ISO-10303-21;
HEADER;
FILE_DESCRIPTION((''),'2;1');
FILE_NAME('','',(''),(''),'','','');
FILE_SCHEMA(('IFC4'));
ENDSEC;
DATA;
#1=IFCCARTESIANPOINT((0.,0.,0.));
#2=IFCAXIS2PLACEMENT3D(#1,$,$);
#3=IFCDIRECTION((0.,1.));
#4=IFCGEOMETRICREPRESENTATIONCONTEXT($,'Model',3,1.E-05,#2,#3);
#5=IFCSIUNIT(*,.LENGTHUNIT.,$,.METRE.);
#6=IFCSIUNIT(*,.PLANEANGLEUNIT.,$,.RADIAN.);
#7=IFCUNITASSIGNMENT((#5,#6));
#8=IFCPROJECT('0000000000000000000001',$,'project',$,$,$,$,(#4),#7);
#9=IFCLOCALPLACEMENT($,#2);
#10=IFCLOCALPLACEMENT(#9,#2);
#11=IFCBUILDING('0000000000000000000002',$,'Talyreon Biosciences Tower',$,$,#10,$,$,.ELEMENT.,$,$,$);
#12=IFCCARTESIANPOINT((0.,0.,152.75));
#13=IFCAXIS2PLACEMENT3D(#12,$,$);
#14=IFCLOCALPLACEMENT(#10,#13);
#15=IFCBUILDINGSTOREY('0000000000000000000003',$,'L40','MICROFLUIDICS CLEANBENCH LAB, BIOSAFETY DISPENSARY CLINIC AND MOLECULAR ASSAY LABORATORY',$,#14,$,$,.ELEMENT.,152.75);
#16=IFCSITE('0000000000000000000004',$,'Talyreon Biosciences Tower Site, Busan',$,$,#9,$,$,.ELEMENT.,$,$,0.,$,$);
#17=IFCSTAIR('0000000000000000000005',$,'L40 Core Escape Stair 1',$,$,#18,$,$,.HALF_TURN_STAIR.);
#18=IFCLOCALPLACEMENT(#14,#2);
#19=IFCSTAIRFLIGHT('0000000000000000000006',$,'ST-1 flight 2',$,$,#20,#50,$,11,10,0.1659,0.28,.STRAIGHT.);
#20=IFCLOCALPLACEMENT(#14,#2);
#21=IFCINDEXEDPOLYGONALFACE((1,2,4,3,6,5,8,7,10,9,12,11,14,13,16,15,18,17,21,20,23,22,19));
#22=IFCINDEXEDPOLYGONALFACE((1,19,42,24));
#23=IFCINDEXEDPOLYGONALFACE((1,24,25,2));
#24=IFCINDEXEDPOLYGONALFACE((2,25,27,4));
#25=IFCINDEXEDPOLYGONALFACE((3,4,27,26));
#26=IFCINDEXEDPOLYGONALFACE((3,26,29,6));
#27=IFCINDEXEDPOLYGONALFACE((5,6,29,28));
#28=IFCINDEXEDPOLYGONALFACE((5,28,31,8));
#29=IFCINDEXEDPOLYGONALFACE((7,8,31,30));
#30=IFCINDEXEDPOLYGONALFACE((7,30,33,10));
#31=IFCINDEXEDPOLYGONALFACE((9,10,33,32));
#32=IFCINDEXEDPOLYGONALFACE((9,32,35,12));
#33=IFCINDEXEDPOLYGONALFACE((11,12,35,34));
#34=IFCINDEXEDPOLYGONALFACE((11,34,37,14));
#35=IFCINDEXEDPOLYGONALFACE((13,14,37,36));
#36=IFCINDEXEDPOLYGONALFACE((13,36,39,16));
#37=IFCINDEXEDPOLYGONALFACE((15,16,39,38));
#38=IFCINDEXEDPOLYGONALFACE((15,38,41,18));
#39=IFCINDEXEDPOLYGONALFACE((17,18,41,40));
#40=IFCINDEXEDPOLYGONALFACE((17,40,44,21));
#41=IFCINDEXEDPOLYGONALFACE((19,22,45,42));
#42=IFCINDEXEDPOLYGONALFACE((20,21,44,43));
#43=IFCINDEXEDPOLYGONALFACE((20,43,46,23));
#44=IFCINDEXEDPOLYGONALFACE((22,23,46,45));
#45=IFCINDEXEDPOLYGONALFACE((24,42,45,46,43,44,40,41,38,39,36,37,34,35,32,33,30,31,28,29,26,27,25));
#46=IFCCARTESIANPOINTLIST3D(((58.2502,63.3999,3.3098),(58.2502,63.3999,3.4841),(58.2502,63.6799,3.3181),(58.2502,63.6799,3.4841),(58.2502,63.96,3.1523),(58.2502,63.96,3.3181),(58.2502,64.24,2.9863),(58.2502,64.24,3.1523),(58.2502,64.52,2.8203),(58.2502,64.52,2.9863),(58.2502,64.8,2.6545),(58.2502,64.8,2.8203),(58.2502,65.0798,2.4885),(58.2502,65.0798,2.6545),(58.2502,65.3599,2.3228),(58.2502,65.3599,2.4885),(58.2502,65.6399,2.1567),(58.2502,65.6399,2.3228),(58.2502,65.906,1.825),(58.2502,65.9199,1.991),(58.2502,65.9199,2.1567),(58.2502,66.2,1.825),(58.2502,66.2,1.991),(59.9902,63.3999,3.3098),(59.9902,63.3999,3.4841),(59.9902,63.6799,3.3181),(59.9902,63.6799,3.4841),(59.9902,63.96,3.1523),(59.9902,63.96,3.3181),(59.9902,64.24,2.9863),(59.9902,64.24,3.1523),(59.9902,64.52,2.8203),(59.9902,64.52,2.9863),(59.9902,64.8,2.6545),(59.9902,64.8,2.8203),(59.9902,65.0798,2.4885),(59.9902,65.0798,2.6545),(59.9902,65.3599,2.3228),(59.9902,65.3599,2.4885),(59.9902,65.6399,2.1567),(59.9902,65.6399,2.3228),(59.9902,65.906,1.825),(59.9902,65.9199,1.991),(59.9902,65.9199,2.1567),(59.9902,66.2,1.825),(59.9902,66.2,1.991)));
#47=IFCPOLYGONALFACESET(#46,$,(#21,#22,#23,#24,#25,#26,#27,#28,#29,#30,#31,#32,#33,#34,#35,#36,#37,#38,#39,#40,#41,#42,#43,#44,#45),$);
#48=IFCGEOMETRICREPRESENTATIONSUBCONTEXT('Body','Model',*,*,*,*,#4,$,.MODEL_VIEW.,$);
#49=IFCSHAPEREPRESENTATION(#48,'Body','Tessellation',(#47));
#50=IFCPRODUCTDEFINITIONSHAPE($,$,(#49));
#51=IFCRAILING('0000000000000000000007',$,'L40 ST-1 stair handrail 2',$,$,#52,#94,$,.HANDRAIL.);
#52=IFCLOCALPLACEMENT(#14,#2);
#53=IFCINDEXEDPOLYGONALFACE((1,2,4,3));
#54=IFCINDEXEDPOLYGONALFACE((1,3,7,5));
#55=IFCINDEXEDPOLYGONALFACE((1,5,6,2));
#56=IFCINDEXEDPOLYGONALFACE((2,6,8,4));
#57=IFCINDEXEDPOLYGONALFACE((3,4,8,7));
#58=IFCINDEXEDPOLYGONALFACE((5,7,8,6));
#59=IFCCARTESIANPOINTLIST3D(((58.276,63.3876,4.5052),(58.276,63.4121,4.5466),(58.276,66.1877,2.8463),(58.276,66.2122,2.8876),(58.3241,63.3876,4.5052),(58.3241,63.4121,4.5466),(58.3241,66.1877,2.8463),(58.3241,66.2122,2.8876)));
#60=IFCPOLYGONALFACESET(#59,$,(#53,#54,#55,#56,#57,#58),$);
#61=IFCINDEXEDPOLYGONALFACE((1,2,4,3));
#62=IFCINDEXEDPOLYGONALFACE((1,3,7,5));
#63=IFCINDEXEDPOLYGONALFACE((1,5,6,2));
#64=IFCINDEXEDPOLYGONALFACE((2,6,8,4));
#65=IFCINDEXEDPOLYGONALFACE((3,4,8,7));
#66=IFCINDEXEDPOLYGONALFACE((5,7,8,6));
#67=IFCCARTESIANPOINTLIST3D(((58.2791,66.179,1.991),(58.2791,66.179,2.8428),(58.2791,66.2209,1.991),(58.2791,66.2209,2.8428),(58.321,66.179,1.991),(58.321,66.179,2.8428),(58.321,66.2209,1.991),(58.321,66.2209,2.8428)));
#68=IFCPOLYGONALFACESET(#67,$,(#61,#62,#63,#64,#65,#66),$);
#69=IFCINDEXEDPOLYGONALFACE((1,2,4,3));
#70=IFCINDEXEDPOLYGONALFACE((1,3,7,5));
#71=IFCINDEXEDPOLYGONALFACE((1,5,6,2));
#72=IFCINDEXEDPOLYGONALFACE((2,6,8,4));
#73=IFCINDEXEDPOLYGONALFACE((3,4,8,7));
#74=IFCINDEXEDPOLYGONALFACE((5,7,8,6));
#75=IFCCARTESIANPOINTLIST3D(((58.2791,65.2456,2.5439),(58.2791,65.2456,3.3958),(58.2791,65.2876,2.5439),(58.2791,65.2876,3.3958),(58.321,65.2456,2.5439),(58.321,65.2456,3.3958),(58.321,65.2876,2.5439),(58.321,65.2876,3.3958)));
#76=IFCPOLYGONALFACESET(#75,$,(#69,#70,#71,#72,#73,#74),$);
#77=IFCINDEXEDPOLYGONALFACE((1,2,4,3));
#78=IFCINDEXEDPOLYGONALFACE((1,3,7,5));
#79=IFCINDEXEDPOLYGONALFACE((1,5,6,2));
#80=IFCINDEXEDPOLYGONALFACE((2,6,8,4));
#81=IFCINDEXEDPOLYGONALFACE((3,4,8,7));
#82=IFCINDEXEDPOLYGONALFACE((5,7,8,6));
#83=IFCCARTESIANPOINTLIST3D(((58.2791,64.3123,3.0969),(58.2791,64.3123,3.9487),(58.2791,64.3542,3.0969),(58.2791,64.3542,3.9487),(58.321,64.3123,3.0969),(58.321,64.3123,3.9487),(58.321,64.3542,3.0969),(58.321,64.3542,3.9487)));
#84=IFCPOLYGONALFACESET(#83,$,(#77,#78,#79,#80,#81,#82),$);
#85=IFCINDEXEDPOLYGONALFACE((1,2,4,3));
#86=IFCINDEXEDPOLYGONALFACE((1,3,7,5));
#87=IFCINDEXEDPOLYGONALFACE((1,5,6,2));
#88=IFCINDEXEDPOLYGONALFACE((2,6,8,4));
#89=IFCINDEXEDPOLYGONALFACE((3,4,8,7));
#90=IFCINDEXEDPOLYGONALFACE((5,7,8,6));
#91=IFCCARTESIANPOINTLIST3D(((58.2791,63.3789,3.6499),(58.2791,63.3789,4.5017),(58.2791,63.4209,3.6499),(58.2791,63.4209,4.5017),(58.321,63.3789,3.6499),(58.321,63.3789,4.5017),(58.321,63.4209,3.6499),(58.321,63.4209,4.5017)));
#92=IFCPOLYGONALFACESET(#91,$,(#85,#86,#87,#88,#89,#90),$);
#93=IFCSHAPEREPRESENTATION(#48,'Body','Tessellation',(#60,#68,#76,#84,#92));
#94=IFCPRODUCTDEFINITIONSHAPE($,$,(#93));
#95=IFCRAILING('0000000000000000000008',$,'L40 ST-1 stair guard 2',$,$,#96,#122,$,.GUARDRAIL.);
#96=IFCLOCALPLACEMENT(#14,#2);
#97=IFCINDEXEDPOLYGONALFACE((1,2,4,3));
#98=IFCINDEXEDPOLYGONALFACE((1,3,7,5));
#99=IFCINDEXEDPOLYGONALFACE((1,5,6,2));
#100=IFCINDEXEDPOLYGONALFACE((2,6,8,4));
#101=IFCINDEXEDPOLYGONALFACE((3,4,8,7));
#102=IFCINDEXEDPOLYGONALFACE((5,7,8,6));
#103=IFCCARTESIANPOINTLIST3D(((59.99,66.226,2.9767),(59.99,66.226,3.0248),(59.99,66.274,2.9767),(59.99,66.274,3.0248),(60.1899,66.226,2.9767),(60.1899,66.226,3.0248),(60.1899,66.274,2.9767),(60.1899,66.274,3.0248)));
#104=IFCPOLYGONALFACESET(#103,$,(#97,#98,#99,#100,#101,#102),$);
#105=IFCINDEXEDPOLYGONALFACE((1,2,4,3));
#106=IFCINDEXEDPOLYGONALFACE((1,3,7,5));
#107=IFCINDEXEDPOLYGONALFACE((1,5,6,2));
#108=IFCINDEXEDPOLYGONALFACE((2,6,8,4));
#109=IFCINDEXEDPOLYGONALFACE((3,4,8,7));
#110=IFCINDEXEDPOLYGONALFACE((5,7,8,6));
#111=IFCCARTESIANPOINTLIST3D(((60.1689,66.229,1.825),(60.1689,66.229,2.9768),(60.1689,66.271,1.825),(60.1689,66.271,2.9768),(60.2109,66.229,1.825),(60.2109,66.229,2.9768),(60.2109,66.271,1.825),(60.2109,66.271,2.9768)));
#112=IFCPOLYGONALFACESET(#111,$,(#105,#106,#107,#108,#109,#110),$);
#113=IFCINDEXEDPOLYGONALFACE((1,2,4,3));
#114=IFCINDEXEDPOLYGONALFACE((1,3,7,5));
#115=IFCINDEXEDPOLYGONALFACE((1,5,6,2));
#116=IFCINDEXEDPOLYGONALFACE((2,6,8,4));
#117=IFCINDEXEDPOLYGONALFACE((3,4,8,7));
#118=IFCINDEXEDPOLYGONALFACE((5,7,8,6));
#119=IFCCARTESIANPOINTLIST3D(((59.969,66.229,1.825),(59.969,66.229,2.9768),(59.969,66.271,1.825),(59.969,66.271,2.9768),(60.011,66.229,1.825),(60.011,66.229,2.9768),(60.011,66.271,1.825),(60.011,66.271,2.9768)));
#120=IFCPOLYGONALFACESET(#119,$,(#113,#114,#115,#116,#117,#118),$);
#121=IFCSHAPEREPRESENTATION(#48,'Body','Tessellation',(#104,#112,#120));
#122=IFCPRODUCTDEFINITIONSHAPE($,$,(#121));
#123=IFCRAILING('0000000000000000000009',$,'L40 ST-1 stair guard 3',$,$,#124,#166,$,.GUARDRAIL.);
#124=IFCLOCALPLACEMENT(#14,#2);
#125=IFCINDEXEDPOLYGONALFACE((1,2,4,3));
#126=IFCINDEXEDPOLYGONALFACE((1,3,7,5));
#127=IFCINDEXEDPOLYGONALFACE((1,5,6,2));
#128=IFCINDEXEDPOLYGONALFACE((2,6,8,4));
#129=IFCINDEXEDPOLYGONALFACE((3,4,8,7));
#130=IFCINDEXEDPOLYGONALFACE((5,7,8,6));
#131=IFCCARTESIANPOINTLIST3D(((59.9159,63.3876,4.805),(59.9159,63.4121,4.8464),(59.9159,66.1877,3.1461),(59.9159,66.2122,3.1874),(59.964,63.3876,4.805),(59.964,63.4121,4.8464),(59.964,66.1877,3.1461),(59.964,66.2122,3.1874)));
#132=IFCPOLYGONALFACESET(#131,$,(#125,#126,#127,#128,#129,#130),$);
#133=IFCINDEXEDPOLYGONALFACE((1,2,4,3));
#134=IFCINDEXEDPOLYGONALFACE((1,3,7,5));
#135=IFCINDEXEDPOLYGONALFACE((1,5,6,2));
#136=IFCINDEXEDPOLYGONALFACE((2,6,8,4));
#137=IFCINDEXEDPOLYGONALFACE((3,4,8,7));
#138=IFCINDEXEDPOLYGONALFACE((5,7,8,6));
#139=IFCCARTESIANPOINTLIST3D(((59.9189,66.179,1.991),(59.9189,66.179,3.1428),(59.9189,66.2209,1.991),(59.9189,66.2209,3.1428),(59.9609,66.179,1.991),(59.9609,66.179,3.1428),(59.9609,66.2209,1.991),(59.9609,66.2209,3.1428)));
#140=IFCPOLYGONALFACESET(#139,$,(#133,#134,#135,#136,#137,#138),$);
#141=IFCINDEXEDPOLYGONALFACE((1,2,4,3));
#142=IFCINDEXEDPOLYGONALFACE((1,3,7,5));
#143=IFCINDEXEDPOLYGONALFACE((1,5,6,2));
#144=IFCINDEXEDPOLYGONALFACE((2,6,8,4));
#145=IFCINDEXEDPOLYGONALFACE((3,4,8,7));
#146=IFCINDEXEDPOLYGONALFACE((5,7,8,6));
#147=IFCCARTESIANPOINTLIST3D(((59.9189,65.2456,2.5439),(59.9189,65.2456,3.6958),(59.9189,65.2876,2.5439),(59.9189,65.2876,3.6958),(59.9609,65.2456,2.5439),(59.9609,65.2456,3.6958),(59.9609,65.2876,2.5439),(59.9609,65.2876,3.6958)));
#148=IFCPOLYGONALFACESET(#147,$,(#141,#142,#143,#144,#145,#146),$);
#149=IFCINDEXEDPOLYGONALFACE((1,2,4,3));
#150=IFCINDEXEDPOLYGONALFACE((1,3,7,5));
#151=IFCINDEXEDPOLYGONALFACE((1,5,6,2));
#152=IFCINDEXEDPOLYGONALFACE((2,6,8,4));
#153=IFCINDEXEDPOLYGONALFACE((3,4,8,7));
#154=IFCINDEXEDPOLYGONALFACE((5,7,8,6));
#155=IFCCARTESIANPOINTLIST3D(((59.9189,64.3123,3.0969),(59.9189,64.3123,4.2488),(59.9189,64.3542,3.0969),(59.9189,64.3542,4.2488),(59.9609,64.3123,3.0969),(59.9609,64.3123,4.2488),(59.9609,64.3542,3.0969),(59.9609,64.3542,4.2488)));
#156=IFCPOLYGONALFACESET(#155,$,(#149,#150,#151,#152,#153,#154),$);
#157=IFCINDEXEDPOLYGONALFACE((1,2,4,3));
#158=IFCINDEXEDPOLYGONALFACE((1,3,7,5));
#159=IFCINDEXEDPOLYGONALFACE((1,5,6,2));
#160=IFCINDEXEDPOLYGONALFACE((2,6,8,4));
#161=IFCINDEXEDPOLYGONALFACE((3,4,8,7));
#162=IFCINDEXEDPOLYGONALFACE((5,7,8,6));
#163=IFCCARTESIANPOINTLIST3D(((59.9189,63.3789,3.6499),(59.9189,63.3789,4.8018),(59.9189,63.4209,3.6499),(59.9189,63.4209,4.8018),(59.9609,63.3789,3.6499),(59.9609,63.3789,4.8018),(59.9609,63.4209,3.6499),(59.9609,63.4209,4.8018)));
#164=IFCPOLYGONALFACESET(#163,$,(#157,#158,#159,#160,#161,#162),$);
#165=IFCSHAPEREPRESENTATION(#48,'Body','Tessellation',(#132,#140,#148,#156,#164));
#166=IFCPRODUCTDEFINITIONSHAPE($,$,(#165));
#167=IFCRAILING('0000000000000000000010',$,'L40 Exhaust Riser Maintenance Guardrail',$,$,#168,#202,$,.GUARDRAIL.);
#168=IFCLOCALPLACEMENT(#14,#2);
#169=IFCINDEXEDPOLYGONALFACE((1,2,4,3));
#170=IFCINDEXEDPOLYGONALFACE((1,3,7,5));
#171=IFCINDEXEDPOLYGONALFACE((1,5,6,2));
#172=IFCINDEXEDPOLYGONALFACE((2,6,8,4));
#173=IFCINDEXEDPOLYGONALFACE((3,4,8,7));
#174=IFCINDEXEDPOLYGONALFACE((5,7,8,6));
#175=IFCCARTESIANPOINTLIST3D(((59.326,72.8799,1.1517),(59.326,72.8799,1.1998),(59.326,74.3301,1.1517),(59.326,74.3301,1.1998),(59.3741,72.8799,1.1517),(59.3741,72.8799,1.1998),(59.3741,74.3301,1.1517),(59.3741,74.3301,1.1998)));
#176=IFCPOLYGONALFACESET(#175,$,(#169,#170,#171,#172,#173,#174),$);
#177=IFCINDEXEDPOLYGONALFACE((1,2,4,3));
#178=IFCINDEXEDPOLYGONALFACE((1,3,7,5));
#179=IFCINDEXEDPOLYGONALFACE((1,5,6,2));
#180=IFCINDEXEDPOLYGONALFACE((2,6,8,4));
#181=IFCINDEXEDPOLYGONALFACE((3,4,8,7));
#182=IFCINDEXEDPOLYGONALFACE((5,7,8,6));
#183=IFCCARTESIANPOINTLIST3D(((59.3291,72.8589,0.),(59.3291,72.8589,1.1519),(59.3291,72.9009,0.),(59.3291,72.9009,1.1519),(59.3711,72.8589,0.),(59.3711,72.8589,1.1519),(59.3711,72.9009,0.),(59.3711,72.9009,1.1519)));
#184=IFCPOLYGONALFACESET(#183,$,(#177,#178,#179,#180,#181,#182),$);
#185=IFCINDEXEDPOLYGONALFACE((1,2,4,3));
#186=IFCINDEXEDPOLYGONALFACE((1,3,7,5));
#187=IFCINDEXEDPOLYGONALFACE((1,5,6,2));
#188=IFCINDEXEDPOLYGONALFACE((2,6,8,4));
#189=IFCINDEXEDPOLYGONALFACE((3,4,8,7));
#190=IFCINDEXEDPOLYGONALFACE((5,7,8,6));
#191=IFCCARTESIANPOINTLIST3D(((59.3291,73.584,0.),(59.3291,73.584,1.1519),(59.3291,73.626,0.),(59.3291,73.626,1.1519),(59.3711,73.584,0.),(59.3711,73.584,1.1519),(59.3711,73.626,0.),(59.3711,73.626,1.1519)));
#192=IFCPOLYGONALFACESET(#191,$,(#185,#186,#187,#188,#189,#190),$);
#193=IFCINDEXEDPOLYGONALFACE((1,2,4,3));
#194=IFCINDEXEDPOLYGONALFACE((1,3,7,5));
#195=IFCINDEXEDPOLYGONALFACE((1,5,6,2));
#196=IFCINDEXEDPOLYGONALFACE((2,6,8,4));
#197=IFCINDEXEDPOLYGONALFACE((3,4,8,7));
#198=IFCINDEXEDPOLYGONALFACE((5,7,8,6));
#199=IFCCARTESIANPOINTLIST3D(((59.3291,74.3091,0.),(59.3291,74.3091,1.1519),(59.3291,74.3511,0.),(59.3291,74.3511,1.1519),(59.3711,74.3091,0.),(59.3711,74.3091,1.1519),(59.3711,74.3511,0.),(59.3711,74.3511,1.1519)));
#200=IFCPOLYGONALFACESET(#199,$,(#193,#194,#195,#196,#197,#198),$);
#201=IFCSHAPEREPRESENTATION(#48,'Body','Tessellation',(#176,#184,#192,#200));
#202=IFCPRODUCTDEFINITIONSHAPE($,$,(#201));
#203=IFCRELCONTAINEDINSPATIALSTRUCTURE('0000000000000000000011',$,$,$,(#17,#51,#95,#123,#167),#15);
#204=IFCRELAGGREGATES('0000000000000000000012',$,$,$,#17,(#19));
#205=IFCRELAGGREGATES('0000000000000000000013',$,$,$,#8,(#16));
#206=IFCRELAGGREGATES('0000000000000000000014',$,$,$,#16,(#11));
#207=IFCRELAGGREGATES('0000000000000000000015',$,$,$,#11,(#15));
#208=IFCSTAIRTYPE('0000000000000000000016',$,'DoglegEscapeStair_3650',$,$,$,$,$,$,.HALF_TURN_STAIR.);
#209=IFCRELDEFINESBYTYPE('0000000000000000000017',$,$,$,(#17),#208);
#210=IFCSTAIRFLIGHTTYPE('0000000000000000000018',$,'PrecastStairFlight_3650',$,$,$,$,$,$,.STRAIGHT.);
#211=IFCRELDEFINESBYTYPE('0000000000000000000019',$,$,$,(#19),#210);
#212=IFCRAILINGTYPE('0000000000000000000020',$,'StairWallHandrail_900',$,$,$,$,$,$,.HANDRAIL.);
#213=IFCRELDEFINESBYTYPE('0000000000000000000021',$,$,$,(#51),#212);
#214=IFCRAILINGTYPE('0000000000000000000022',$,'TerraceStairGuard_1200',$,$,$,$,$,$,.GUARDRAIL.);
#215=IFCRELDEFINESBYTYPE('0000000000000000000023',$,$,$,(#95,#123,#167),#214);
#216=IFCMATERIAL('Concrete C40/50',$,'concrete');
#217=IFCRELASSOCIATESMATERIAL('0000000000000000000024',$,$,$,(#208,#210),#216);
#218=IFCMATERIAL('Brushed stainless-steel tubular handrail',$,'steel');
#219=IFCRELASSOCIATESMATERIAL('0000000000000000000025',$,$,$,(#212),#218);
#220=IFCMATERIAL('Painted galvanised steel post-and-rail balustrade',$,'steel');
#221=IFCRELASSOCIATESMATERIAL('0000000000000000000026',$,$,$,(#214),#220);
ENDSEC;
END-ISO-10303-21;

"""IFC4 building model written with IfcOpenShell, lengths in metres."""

from ifc_helpers import new_model, si_unit, direction, frame, origin, origin_2d, place, context, subcontext, project, spatial, polyline, rectangle, outline, extrude, material, type_object, element, aggregate, save


model = new_model("IFC4")

# Units and contexts
model_context = context("Model", 3, precision=1e-05, world=origin(), true_north=direction((0.0, 1.0)))
body_context = subcontext(model_context, "Body", "Model", "MODEL_VIEW")
ifc_project = project(units=[si_unit("LENGTHUNIT", "METRE"), si_unit("PLANEANGLEUNIT", "RADIAN")], contexts=[model_context])

# Site, building, storey
site_placement = place(None, origin())
site = spatial("IfcSite", under=ifc_project, at=site_placement, Name="Talyreon Biosciences Tower Site, Busan", CompositionType="ELEMENT", RefElevation=0.0)
building_placement = place(site_placement, origin())
building = spatial("IfcBuilding", under=site, at=building_placement, Name="Talyreon Biosciences Tower", CompositionType="ELEMENT")
storey_placement = place(building_placement, frame((0.0, 0.0, 152.75)))
storey = spatial("IfcBuildingStorey", under=building, at=storey_placement, Name="L40", Description="MICROFLUIDICS CLEANBENCH LAB, BIOSAFETY DISPENSARY CLINIC AND MOLECULAR ASSAY LABORATORY", CompositionType="ELEMENT", Elevation=152.75)

# Stair, stair flight
ifc_material_1 = material(Name="Concrete C40/50", Category="concrete")
stair_type = type_object("IfcStairType", Name="DoglegEscapeStair_3650", PredefinedType="HALF_TURN_STAIR", material=ifc_material_1)
stair_placement = place(storey_placement, origin())
stair = element("IfcStair", 1, at=stair_placement, inside=storey, type_object=stair_type, Name="L40 Core Escape Stair 1", PredefinedType="HALF_TURN_STAIR")
stair_flight_type = type_object("IfcStairFlightType", Name="PrecastStairFlight_3650", PredefinedType="STRAIGHT", material=ifc_material_1)
stair_flight_placement = place(storey_placement, frame((59.1201, 66.2, 1.825), z_axis=(0.0, 0.0, 1.0), x_axis=(0.0, -1.0, 0.0)))
stair_flight = element("IfcStairFlight", 2, at=stair_flight_placement, type_object=stair_flight_type, Name="ST-1 flight 2", NumberOfRisers=11, NumberOfTreads=10, PredefinedType="STRAIGHT", RiserHeight=0.1659, TreadLength=0.28, context=body_context, shape_type="SweptSolid", body=[
    extrude(outline(polyline([(0.0, 0.0), (0.0, 0.166), (0.28, 0.166), (0.28, 0.3318), (0.5601, 0.3318), (0.5601, 0.4978), (0.8401, 0.4978), (0.8401, 0.6636), (1.1201, 0.6636), (1.1201, 0.8296), (1.3999, 0.8296), (1.3999, 0.9954), (1.6799, 0.9954), (1.6799, 1.1614), (1.96, 1.1614), (1.96, 1.3274), (2.24, 1.3274), (2.24, 1.4932), (2.52, 1.4932), (2.52, 1.6592), (2.8, 1.6592), (2.8, 1.825), (2.8, 1.4849), (0.2939, 0.0), (0.0, 0.0)])), frame((0.0, 0.8701, 0.0), z_axis=(0.0, -1.0, 0.0), x_axis=(1.0, 0.0, 0.0)), (0.0, 0.0, 1.0), 1.74),
])
aggregate(stair, [stair_flight])

# Railings
ifc_material_2 = material(Name="Brushed stainless-steel tubular handrail", Category="steel")
railing_type_1 = type_object("IfcRailingType", Name="StairWallHandrail_900", PredefinedType="HANDRAIL", material=ifc_material_2)
railing_1_placement = place(storey_placement, frame((58.3, 66.2, 1.991)))
element("IfcRailing", 3, at=railing_1_placement, inside=storey, type_object=railing_type_1, Name="L40 ST-1 stair handrail 2", PredefinedType="HANDRAIL", context=body_context, shape_type="SweptSolid", body=[
    extrude(rectangle(XDim=0.0481, YDim=0.0481, at=origin_2d()), frame((0.0, 0.0, 0.876), z_axis=(0.0, -0.860339, 0.509722), x_axis=(1.0, 0.0, 0.0)), (0.0, 0.0, 1.0), 3.2546),
    extrude(rectangle(XDim=0.042, YDim=0.042, at=origin_2d()), origin(), (0.0, 0.0, 1.0), 0.8518),
    extrude(rectangle(XDim=0.042, YDim=0.042, at=origin_2d()), frame((0.0, -0.9333, 0.553)), (0.0, 0.0, 1.0), 0.8518),
    extrude(rectangle(XDim=0.042, YDim=0.042, at=origin_2d()), frame((0.0, -1.8667, 1.106)), (0.0, 0.0, 1.0), 0.8518),
    extrude(rectangle(XDim=0.042, YDim=0.042, at=origin_2d()), frame((0.0, -2.8, 1.6589)), (0.0, 0.0, 1.0), 0.8518),
])
ifc_material_3 = material(Name="Painted galvanised steel post-and-rail balustrade", Category="steel")
railing_type_2 = type_object("IfcRailingType", Name="TerraceStairGuard_1200", PredefinedType="GUARDRAIL", material=ifc_material_3)
railing_2_placement = place(storey_placement, frame((60.1899, 66.25, 1.825)))
element("IfcRailing", 4, at=railing_2_placement, inside=storey, type_object=railing_type_2, Name="L40 ST-1 stair guard 2", PredefinedType="GUARDRAIL", context=body_context, shape_type="SweptSolid", body=[
    extrude(rectangle(XDim=0.0481, YDim=0.0481, at=origin_2d()), frame((0.0, 0.0, 1.1758), z_axis=(-1.0, 0.0, 0.0), x_axis=(0.0, -1.0, 0.0)), (0.0, 0.0, 1.0), 0.2),
    extrude(rectangle(XDim=0.042, YDim=0.042, at=origin_2d()), origin(), (0.0, 0.0, 1.0), 1.1519),
    extrude(rectangle(XDim=0.042, YDim=0.042, at=origin_2d()), frame((-0.2, 0.0, 0.0)), (0.0, 0.0, 1.0), 1.1519),
])
railing_3_placement = place(storey_placement, frame((59.9399, 66.2, 1.991)))
element("IfcRailing", 5, at=railing_3_placement, inside=storey, type_object=railing_type_2, Name="L40 ST-1 stair guard 3", PredefinedType="GUARDRAIL", context=body_context, shape_type="SweptSolid", body=[
    extrude(rectangle(XDim=0.0481, YDim=0.0481, at=origin_2d()), frame((0.0, 0.0, 1.1758), z_axis=(0.0, -0.860339, 0.509722), x_axis=(1.0, 0.0, 0.0)), (0.0, 0.0, 1.0), 3.2546),
    extrude(rectangle(XDim=0.042, YDim=0.042, at=origin_2d()), origin(), (0.0, 0.0, 1.0), 1.1519),
    extrude(rectangle(XDim=0.042, YDim=0.042, at=origin_2d()), frame((0.0, -0.9333, 0.553)), (0.0, 0.0, 1.0), 1.1519),
    extrude(rectangle(XDim=0.042, YDim=0.042, at=origin_2d()), frame((0.0, -1.8667, 1.106)), (0.0, 0.0, 1.0), 1.1519),
    extrude(rectangle(XDim=0.042, YDim=0.042, at=origin_2d()), frame((0.0, -2.8, 1.6589)), (0.0, 0.0, 1.0), 1.1519),
])
railing_4_placement = place(storey_placement, frame((59.3501, 72.8799, 0.0)))
element("IfcRailing", 6, at=railing_4_placement, inside=storey, type_object=railing_type_2, Name="L40 Exhaust Riser Maintenance Guardrail", PredefinedType="GUARDRAIL", context=body_context, shape_type="SweptSolid", body=[
    extrude(rectangle(XDim=0.0481, YDim=0.0481, at=origin_2d()), frame((0.0, 0.0, 1.1758), z_axis=(0.0, 1.0, 0.0), x_axis=(-1.0, 0.0, 0.0)), (0.0, 0.0, 1.0), 1.4502),
    extrude(rectangle(XDim=0.042, YDim=0.042, at=origin_2d()), origin(), (0.0, 0.0, 1.0), 1.1519),
    extrude(rectangle(XDim=0.042, YDim=0.042, at=origin_2d()), frame((0.0, 0.7251, 0.0)), (0.0, 0.0, 1.0), 1.1519),
    extrude(rectangle(XDim=0.042, YDim=0.042, at=origin_2d()), frame((0.0, 1.4502, 0.0)), (0.0, 0.0, 1.0), 1.1519),
])

save(model, "model.ifc")
